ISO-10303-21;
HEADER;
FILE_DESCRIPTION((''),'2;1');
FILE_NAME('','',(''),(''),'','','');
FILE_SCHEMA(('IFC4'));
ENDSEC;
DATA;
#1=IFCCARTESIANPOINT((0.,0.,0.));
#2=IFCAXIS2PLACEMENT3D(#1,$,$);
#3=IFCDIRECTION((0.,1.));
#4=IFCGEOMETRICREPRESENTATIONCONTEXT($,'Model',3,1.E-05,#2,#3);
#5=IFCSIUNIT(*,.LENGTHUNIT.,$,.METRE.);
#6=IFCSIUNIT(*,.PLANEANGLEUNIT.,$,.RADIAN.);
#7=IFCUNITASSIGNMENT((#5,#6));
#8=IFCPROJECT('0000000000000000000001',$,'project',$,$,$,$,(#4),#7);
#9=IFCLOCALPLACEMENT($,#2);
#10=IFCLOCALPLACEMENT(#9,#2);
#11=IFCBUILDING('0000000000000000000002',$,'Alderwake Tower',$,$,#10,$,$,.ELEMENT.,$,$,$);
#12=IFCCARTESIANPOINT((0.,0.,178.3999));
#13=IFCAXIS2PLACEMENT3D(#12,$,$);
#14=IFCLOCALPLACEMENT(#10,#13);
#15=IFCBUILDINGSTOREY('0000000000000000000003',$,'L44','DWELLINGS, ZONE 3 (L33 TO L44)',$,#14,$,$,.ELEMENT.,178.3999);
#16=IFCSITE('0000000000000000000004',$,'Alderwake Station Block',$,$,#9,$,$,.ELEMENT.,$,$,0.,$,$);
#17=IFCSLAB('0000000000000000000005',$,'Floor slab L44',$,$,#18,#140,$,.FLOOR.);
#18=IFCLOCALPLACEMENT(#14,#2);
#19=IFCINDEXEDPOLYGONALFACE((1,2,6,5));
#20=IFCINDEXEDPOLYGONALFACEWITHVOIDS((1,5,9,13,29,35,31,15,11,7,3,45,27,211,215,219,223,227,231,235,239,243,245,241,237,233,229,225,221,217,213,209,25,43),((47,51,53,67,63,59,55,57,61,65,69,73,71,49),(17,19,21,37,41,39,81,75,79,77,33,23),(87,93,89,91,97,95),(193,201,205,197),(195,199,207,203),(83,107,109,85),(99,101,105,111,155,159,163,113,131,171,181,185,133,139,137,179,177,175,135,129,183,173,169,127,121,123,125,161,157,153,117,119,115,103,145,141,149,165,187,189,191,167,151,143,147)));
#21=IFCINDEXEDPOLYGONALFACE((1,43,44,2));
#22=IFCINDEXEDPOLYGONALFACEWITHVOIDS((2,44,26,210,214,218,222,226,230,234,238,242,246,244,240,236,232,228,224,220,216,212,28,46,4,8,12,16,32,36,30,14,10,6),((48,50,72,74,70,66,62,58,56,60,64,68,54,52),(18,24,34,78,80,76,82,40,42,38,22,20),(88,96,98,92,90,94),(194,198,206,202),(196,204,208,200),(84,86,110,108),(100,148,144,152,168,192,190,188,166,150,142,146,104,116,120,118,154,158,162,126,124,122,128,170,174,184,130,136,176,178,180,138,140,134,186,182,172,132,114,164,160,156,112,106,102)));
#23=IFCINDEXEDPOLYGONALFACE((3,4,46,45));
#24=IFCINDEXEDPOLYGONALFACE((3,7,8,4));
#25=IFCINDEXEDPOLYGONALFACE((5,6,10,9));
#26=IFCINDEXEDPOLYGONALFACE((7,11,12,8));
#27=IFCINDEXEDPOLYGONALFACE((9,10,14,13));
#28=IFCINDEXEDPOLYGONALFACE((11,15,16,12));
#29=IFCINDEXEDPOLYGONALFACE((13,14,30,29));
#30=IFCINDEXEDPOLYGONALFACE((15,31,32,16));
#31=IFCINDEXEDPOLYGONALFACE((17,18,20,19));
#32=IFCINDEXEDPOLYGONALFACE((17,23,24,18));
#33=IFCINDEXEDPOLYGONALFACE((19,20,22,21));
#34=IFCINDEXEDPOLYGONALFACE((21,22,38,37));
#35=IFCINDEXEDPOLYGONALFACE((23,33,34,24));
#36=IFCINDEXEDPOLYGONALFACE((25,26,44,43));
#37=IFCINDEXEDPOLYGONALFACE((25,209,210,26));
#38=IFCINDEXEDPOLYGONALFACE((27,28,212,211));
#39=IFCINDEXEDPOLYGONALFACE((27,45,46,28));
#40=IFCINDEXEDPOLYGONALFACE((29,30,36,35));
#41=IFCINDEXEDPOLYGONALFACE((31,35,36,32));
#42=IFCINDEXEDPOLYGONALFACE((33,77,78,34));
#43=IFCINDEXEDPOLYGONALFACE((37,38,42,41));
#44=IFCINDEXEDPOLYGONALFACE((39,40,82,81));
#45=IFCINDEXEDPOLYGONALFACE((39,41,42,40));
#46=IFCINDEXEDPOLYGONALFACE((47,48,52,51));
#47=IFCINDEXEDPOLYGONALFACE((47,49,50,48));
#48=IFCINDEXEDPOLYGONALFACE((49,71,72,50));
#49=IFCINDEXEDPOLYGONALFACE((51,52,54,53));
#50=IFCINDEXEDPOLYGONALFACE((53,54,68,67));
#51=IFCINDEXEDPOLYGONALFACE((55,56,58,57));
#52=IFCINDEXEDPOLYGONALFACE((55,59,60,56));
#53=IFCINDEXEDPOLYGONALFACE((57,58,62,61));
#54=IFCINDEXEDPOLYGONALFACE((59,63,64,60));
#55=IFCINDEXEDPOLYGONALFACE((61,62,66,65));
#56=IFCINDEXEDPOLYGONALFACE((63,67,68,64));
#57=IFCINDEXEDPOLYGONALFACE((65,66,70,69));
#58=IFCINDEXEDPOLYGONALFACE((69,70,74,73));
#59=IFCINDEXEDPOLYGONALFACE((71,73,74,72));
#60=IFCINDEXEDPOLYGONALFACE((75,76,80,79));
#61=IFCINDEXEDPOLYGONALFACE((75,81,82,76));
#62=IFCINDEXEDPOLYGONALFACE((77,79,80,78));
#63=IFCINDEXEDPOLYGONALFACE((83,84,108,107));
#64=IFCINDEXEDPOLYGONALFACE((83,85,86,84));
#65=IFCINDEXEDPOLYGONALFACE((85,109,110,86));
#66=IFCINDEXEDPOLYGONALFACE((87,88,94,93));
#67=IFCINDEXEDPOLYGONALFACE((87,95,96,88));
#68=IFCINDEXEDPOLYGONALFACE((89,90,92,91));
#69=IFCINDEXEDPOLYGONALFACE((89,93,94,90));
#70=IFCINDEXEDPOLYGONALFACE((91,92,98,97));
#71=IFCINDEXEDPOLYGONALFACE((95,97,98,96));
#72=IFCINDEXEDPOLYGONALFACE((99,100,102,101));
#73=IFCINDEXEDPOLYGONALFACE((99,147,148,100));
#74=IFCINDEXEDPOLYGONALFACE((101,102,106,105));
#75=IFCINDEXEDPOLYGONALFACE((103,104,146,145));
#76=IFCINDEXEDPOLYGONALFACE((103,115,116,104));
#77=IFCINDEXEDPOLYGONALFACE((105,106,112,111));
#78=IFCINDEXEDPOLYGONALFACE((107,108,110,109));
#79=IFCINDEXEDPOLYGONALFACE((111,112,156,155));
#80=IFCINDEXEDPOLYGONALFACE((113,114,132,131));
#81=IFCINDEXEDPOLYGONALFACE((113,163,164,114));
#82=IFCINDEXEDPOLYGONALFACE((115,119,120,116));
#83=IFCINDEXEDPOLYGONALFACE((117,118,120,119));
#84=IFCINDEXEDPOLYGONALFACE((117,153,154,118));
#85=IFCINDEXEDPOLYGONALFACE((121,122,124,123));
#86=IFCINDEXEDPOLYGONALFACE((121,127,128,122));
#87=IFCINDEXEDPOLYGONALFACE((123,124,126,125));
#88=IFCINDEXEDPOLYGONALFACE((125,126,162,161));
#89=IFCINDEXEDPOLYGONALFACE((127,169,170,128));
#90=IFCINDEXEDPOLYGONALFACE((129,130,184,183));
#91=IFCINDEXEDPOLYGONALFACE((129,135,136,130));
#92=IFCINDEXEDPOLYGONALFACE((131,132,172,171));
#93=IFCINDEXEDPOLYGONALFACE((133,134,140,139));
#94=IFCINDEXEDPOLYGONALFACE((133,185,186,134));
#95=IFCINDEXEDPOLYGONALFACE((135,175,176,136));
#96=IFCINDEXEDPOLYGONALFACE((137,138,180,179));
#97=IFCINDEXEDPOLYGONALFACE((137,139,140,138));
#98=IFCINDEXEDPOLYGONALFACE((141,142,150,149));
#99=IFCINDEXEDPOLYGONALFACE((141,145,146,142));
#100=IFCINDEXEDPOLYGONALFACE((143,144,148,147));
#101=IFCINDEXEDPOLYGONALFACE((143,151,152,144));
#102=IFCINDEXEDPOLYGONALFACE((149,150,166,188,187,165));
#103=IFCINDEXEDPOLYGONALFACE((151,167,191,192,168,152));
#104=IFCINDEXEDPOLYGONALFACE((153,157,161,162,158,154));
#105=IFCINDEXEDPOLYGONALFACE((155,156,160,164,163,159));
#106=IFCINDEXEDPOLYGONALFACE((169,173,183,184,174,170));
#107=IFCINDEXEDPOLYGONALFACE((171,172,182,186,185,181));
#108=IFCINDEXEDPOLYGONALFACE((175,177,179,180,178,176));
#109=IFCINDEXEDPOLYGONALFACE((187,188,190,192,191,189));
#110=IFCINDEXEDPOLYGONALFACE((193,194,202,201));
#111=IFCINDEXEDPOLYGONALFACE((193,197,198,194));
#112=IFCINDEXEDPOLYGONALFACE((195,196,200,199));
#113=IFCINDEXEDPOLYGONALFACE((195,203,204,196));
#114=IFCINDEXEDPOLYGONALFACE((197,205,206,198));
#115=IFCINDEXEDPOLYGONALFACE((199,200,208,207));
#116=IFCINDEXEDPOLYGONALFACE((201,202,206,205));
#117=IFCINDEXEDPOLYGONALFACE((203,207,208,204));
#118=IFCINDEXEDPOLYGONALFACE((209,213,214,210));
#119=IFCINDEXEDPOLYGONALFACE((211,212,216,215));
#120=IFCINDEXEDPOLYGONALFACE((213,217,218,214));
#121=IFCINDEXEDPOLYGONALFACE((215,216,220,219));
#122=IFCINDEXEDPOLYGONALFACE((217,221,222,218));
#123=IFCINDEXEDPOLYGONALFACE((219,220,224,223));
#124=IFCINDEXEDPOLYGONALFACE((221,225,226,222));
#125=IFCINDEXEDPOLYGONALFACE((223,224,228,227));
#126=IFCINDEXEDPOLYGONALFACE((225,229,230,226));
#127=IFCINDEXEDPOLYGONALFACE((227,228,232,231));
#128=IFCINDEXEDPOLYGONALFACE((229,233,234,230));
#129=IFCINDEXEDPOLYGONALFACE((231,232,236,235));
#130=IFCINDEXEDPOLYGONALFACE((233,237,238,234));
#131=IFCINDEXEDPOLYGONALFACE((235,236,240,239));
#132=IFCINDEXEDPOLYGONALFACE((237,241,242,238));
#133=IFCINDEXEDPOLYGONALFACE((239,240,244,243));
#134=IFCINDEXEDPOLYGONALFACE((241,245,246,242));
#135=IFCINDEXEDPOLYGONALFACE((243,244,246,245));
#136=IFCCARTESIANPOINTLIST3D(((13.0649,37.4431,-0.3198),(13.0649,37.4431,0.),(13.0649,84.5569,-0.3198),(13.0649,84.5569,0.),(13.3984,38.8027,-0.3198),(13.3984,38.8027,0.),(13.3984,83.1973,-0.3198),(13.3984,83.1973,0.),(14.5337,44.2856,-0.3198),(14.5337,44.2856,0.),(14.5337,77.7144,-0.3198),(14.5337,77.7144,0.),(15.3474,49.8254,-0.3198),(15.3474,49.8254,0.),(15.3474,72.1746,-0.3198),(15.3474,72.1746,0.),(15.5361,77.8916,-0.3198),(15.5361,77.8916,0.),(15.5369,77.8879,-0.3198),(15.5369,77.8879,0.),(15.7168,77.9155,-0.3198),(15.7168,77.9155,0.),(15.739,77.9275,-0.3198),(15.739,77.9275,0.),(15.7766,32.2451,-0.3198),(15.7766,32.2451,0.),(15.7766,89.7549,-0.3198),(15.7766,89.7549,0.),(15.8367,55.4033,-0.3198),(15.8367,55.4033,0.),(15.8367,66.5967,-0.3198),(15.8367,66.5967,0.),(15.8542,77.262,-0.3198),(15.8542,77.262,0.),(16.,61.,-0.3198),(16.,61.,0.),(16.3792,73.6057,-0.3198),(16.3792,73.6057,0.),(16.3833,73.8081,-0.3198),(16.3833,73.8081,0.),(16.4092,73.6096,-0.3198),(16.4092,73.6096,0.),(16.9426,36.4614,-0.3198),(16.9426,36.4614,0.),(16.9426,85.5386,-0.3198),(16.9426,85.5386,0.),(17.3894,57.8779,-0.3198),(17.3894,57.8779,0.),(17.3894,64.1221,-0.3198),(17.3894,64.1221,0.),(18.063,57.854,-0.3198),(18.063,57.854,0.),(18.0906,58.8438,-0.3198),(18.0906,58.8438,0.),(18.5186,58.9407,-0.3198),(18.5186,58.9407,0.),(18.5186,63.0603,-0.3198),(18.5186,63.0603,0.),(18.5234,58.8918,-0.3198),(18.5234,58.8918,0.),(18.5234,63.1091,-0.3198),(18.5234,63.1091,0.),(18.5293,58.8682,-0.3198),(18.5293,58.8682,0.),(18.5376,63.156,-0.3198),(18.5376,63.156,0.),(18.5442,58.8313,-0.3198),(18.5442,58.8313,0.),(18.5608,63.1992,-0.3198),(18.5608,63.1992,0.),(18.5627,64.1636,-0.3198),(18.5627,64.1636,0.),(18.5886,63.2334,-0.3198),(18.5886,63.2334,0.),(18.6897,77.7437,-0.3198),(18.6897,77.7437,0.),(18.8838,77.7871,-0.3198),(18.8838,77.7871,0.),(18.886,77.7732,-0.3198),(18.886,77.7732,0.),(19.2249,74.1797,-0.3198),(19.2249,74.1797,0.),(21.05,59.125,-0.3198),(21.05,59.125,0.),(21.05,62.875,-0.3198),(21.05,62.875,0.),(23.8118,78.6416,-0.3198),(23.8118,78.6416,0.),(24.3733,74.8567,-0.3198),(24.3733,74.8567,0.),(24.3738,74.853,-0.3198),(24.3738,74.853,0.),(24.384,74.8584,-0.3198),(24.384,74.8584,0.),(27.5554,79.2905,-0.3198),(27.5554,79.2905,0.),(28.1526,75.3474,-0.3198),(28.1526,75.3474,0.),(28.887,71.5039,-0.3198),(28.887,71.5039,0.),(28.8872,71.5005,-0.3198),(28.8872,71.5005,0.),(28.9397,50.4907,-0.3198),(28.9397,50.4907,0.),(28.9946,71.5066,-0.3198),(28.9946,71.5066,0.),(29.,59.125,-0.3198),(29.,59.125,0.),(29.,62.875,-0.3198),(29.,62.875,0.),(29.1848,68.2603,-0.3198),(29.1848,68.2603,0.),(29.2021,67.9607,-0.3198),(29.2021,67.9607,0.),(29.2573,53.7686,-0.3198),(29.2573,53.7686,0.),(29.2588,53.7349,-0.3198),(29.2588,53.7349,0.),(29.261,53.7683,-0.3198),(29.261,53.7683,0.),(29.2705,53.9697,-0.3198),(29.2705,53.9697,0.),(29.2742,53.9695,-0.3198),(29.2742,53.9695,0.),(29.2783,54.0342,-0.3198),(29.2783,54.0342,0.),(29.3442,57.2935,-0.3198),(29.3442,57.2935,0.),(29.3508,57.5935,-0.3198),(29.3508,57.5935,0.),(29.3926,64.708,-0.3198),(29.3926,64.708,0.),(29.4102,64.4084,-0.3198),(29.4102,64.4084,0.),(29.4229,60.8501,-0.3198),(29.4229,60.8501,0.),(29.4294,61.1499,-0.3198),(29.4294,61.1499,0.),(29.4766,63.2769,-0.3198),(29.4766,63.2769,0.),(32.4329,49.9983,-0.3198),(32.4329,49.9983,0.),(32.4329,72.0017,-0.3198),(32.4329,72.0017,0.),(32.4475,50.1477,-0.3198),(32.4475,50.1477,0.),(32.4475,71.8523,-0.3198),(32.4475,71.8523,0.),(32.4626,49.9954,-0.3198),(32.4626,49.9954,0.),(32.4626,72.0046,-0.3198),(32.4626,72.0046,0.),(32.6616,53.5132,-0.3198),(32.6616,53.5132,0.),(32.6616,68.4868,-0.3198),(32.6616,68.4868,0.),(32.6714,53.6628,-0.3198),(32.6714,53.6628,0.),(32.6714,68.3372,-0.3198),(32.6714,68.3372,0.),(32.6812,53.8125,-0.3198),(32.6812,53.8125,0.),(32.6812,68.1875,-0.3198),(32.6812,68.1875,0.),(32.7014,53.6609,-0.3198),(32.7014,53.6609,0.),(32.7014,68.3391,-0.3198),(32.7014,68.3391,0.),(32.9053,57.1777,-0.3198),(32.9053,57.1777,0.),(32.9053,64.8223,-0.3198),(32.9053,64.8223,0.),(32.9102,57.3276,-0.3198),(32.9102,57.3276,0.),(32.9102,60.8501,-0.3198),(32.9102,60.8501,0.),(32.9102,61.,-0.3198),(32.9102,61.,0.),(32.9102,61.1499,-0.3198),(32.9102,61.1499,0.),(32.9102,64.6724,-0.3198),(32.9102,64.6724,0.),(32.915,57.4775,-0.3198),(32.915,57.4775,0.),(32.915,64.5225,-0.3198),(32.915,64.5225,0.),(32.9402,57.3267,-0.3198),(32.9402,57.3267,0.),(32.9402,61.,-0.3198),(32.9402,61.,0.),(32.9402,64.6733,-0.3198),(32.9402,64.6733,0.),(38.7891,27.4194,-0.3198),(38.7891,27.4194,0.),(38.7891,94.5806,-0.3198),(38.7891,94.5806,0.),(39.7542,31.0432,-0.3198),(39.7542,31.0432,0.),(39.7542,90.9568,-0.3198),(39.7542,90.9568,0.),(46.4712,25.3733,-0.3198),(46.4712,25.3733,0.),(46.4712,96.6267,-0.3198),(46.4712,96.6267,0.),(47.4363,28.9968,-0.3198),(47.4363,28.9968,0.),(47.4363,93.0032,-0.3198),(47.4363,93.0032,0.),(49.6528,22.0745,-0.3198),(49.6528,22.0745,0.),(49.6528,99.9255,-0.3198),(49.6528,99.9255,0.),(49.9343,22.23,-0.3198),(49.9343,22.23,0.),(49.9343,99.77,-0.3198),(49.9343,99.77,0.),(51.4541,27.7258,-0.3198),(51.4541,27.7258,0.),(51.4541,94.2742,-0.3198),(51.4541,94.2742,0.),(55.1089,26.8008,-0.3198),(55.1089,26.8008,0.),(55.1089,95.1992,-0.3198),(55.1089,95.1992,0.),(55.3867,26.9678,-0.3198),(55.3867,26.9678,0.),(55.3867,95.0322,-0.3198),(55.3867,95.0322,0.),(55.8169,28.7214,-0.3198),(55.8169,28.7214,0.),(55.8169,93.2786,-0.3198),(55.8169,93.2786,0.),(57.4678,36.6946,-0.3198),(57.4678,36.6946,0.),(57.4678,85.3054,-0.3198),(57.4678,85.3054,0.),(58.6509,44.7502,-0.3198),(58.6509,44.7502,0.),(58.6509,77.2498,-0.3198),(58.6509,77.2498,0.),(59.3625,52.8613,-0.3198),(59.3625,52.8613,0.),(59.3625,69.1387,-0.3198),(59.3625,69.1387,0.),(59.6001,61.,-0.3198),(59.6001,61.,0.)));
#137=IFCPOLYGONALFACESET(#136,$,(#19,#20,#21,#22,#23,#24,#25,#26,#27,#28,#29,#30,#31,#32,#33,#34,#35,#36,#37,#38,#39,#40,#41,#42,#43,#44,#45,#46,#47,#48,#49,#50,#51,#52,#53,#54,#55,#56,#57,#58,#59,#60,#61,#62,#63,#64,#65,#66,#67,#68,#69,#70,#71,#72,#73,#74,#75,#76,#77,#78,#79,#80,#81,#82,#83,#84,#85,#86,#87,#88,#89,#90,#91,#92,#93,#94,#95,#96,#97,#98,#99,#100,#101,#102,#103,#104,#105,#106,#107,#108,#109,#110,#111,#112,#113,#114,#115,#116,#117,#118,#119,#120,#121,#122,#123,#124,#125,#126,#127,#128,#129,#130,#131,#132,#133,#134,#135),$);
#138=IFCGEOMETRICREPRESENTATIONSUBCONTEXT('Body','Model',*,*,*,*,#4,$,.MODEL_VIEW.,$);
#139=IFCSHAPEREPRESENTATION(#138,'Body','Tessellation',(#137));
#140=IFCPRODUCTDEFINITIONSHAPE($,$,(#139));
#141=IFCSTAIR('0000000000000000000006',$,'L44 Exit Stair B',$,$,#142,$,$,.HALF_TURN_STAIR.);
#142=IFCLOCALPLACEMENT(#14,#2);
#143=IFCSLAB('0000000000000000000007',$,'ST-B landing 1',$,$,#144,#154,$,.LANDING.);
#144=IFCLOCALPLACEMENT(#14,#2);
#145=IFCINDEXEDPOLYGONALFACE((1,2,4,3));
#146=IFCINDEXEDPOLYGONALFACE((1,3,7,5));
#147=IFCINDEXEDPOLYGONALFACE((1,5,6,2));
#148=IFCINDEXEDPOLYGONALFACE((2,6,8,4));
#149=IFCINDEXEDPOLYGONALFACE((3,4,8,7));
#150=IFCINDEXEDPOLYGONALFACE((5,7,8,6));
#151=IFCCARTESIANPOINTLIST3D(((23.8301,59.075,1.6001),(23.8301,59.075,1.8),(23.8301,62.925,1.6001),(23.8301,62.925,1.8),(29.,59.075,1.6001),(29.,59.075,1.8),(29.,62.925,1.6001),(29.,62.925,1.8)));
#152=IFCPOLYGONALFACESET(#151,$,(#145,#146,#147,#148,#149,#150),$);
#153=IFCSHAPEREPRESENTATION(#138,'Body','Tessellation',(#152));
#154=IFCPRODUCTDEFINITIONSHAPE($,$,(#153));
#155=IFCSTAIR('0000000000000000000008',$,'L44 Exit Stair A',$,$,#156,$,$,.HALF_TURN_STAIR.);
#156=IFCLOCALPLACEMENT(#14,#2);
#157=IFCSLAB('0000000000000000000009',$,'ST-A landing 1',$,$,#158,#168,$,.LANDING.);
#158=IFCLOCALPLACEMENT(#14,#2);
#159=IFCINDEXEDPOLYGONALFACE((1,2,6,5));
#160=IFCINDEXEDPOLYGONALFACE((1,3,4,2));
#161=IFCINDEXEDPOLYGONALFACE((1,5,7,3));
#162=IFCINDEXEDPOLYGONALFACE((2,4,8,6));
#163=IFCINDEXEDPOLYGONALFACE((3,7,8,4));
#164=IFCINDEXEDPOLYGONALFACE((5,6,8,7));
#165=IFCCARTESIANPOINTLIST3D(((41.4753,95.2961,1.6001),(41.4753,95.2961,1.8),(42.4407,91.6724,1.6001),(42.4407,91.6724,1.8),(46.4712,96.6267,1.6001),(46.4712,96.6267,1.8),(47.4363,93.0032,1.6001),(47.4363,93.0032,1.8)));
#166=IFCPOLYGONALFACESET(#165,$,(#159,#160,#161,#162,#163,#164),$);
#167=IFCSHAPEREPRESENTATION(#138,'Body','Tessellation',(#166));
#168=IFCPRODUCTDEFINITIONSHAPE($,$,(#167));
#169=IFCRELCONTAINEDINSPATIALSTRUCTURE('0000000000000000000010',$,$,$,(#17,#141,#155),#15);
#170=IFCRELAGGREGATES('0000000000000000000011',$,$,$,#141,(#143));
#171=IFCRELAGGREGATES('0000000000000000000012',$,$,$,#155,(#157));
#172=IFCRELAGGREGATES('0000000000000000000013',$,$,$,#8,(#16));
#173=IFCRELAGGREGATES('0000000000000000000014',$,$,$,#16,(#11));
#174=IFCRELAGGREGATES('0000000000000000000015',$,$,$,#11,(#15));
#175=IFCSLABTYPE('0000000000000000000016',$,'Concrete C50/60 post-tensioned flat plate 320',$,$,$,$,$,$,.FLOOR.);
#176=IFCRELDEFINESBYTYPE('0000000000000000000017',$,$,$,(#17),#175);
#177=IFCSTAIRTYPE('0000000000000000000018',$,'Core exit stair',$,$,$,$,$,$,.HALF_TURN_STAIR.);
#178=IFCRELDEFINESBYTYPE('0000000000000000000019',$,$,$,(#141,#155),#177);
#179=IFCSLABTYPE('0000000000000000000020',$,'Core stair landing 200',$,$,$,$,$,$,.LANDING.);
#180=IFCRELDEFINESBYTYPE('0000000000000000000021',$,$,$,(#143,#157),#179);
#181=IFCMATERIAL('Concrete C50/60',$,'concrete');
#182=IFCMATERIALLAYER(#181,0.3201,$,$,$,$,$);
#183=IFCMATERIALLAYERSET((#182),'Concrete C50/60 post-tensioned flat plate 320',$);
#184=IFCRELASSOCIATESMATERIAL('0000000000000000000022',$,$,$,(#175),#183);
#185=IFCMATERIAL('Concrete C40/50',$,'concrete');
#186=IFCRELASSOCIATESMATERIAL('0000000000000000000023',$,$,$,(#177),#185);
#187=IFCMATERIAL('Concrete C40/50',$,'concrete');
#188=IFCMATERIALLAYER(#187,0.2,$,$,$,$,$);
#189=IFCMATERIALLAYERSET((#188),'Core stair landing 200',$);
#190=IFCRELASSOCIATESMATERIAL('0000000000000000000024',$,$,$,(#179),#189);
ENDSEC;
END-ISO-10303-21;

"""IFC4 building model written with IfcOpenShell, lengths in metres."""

from ifc_helpers import new_model, si_unit, direction, frame, origin, place, context, subcontext, project, spatial, polyline, outline, extrude, material, layer, layer_set, type_object, element, aggregate, save


model = new_model("IFC4")

# Units and contexts
model_context = context("Model", 3, precision=1e-05, world=origin(), true_north=direction((0.0, 1.0)))
body_context = subcontext(model_context, "Body", "Model", "MODEL_VIEW")
ifc_project = project(units=[si_unit("LENGTHUNIT", "METRE"), si_unit("PLANEANGLEUNIT", "RADIAN")], contexts=[model_context])

# Site, building, storey
site_placement = place(None, origin())
site = spatial("IfcSite", under=ifc_project, at=site_placement, Name="Alderwake Station Block", CompositionType="ELEMENT", RefElevation=0.0)
building_placement = place(site_placement, origin())
building = spatial("IfcBuilding", under=site, at=building_placement, Name="Alderwake Tower", CompositionType="ELEMENT")
storey_placement = place(building_placement, frame((0.0, 0.0, 178.3999)))
storey = spatial("IfcBuildingStorey", under=building, at=storey_placement, Name="L44", Description="DWELLINGS, ZONE 3 (L33 TO L44)", CompositionType="ELEMENT", Elevation=178.3999)

# Slab
ifc_material_1 = material(Name="Concrete C50/60", Category="concrete")
ifc_layer_1 = layer(ifc_material_1, 0.3201)
ifc_layer_set_1 = layer_set([ifc_layer_1], Name="Concrete C50/60 post-tensioned flat plate 320")
slab_type_1 = type_object("IfcSlabType", Name="Concrete C50/60 post-tensioned flat plate 320", PredefinedType="FLOOR", material=ifc_layer_set_1)
slab_1_placement = place(storey_placement, frame((0.0, 0.0, -0.3198)))
element("IfcSlab", 1, at=slab_1_placement, inside=storey, type_object=slab_type_1, Name="Floor slab L44", PredefinedType="FLOOR", context=body_context, shape_type="SweptSolid", body=[
    extrude(outline(polyline([(13.0649, 37.4431), (13.3984, 38.8027), (14.5337, 44.2856), (15.3474, 49.8254), (15.8367, 55.4033), (16.0, 61.0), (15.8367, 66.5967), (15.3474, 72.1746), (14.5337, 77.7144), (13.3984, 83.1973), (13.0649, 84.5569), (16.9426, 85.5386), (15.7766, 89.7549), (49.6528, 99.9255), (49.9343, 99.77), (51.4541, 94.2742), (55.1089, 95.1992), (55.3867, 95.0322), (55.8169, 93.2786), (57.4678, 85.3054), (58.6509, 77.2498), (59.3625, 69.1387), (59.6001, 61.0), (59.3625, 52.8613), (58.6509, 44.7502), (57.4678, 36.6946), (55.8169, 28.7214), (55.3867, 26.9678), (55.1089, 26.8008), (51.4541, 27.7258), (49.9343, 22.23), (49.6528, 22.0745), (15.7766, 32.2451), (16.9426, 36.4614), (13.0649, 37.4431)]), holes=[polyline([(29.2573, 53.7686), (28.9397, 50.4907), (32.4475, 50.1477), (32.4329, 49.9983), (32.4626, 49.9954), (32.7014, 53.6609), (32.9402, 57.3267), (32.9402, 61.0), (32.9402, 64.6733), (32.7014, 68.3391), (32.4626, 72.0046), (32.4329, 72.0017), (32.4475, 71.8523), (28.887, 71.5039), (28.8872, 71.5005), (28.9946, 71.5066), (29.1848, 68.2603), (32.6616, 68.4868), (32.6714, 68.3372), (32.6812, 68.1875), (29.2021, 67.9607), (29.3926, 64.708), (32.9053, 64.8223), (32.9102, 64.6724), (32.915, 64.5225), (29.4102, 64.4084), (29.4766, 63.2769), (29.4294, 61.1499), (32.9102, 61.1499), (32.9102, 61.0), (32.9102, 60.8501), (29.4229, 60.8501), (29.3508, 57.5935), (32.915, 57.4775), (32.9102, 57.3276), (32.9053, 57.1777), (29.3442, 57.2935), (29.2705, 53.9697), (29.2742, 53.9695), (29.2783, 54.0342), (32.6812, 53.8125), (32.6714, 53.6628), (32.6616, 53.5132), (29.2588, 53.7349), (29.261, 53.7683), (29.2573, 53.7686)]), polyline([(21.05, 62.875), (21.05, 59.125), (29.0, 59.125), (29.0, 62.875), (21.05, 62.875)]), polyline([(15.739, 77.9275), (15.5361, 77.8916), (15.5369, 77.8879), (15.7168, 77.9155), (16.3792, 73.6057), (16.4092, 73.6096), (16.3833, 73.8081), (19.2249, 74.1797), (18.6897, 77.7437), (18.886, 77.7732), (18.8838, 77.7871), (15.8542, 77.262), (15.739, 77.9275)]), polyline([(27.5554, 79.2905), (23.8118, 78.6416), (24.384, 74.8584), (24.3733, 74.8567), (24.3738, 74.853), (28.1526, 75.3474), (27.5554, 79.2905)]), polyline([(47.4363, 28.9968), (39.7542, 31.0432), (38.7891, 27.4194), (46.4712, 25.3733), (47.4363, 28.9968)]), polyline([(46.4712, 96.6267), (38.7891, 94.5806), (39.7542, 90.9568), (47.4363, 93.0032), (46.4712, 96.6267)]), polyline([(17.3894, 64.1221), (17.3894, 57.8779), (18.063, 57.854), (18.0906, 58.8438), (18.5442, 58.8313), (18.5293, 58.8682), (18.5234, 58.8918), (18.5186, 58.9407), (18.5186, 63.0603), (18.5234, 63.1091), (18.5376, 63.156), (18.5608, 63.1992), (18.5886, 63.2334), (18.5627, 64.1636), (17.3894, 64.1221)])]), origin(), (0.0, 0.0, 1.0), 0.3198),
])

# Stairs, slabs
ifc_material_2 = material(Name="Concrete C40/50", Category="concrete")
stair_type = type_object("IfcStairType", Name="Core exit stair", PredefinedType="HALF_TURN_STAIR", material=ifc_material_2)
stair_1_placement = place(storey_placement, origin())
stair_1 = element("IfcStair", 2, at=stair_1_placement, inside=storey, type_object=stair_type, Name="L44 Exit Stair B", PredefinedType="HALF_TURN_STAIR")
ifc_material_3 = material(Name="Concrete C40/50", Category="concrete")
ifc_layer_2 = layer(ifc_material_3, 0.2)
ifc_layer_set_2 = layer_set([ifc_layer_2], Name="Core stair landing 200")
slab_type_2 = type_object("IfcSlabType", Name="Core stair landing 200", PredefinedType="LANDING", material=ifc_layer_set_2)
slab_2_placement = place(storey_placement, frame((0.0, 0.0, 1.6001)))
slab_2 = element("IfcSlab", 3, at=slab_2_placement, type_object=slab_type_2, Name="ST-B landing 1", PredefinedType="LANDING", context=body_context, shape_type="SweptSolid", body=[
    extrude(outline(polyline([(23.8301, 59.075), (29.0, 59.075), (29.0, 62.925), (23.8301, 62.925), (23.8301, 59.075)])), origin(), (0.0, 0.0, 1.0), 0.2),
])
aggregate(stair_1, [slab_2])
stair_2_placement = place(storey_placement, origin())
stair_2 = element("IfcStair", 4, at=stair_2_placement, inside=storey, type_object=stair_type, Name="L44 Exit Stair A", PredefinedType="HALF_TURN_STAIR")
slab_3_placement = place(storey_placement, frame((0.0, 0.0, 1.6001)))
slab_3 = element("IfcSlab", 5, at=slab_3_placement, type_object=slab_type_2, Name="ST-A landing 1", PredefinedType="LANDING", context=body_context, shape_type="SweptSolid", body=[
    extrude(outline(polyline([(42.4407, 91.6724), (47.4363, 93.0032), (46.4712, 96.6267), (41.4753, 95.2961), (42.4407, 91.6724)])), origin(), (0.0, 0.0, 1.0), 0.2),
])
aggregate(stair_2, [slab_3])

save(model, "model.ifc")
